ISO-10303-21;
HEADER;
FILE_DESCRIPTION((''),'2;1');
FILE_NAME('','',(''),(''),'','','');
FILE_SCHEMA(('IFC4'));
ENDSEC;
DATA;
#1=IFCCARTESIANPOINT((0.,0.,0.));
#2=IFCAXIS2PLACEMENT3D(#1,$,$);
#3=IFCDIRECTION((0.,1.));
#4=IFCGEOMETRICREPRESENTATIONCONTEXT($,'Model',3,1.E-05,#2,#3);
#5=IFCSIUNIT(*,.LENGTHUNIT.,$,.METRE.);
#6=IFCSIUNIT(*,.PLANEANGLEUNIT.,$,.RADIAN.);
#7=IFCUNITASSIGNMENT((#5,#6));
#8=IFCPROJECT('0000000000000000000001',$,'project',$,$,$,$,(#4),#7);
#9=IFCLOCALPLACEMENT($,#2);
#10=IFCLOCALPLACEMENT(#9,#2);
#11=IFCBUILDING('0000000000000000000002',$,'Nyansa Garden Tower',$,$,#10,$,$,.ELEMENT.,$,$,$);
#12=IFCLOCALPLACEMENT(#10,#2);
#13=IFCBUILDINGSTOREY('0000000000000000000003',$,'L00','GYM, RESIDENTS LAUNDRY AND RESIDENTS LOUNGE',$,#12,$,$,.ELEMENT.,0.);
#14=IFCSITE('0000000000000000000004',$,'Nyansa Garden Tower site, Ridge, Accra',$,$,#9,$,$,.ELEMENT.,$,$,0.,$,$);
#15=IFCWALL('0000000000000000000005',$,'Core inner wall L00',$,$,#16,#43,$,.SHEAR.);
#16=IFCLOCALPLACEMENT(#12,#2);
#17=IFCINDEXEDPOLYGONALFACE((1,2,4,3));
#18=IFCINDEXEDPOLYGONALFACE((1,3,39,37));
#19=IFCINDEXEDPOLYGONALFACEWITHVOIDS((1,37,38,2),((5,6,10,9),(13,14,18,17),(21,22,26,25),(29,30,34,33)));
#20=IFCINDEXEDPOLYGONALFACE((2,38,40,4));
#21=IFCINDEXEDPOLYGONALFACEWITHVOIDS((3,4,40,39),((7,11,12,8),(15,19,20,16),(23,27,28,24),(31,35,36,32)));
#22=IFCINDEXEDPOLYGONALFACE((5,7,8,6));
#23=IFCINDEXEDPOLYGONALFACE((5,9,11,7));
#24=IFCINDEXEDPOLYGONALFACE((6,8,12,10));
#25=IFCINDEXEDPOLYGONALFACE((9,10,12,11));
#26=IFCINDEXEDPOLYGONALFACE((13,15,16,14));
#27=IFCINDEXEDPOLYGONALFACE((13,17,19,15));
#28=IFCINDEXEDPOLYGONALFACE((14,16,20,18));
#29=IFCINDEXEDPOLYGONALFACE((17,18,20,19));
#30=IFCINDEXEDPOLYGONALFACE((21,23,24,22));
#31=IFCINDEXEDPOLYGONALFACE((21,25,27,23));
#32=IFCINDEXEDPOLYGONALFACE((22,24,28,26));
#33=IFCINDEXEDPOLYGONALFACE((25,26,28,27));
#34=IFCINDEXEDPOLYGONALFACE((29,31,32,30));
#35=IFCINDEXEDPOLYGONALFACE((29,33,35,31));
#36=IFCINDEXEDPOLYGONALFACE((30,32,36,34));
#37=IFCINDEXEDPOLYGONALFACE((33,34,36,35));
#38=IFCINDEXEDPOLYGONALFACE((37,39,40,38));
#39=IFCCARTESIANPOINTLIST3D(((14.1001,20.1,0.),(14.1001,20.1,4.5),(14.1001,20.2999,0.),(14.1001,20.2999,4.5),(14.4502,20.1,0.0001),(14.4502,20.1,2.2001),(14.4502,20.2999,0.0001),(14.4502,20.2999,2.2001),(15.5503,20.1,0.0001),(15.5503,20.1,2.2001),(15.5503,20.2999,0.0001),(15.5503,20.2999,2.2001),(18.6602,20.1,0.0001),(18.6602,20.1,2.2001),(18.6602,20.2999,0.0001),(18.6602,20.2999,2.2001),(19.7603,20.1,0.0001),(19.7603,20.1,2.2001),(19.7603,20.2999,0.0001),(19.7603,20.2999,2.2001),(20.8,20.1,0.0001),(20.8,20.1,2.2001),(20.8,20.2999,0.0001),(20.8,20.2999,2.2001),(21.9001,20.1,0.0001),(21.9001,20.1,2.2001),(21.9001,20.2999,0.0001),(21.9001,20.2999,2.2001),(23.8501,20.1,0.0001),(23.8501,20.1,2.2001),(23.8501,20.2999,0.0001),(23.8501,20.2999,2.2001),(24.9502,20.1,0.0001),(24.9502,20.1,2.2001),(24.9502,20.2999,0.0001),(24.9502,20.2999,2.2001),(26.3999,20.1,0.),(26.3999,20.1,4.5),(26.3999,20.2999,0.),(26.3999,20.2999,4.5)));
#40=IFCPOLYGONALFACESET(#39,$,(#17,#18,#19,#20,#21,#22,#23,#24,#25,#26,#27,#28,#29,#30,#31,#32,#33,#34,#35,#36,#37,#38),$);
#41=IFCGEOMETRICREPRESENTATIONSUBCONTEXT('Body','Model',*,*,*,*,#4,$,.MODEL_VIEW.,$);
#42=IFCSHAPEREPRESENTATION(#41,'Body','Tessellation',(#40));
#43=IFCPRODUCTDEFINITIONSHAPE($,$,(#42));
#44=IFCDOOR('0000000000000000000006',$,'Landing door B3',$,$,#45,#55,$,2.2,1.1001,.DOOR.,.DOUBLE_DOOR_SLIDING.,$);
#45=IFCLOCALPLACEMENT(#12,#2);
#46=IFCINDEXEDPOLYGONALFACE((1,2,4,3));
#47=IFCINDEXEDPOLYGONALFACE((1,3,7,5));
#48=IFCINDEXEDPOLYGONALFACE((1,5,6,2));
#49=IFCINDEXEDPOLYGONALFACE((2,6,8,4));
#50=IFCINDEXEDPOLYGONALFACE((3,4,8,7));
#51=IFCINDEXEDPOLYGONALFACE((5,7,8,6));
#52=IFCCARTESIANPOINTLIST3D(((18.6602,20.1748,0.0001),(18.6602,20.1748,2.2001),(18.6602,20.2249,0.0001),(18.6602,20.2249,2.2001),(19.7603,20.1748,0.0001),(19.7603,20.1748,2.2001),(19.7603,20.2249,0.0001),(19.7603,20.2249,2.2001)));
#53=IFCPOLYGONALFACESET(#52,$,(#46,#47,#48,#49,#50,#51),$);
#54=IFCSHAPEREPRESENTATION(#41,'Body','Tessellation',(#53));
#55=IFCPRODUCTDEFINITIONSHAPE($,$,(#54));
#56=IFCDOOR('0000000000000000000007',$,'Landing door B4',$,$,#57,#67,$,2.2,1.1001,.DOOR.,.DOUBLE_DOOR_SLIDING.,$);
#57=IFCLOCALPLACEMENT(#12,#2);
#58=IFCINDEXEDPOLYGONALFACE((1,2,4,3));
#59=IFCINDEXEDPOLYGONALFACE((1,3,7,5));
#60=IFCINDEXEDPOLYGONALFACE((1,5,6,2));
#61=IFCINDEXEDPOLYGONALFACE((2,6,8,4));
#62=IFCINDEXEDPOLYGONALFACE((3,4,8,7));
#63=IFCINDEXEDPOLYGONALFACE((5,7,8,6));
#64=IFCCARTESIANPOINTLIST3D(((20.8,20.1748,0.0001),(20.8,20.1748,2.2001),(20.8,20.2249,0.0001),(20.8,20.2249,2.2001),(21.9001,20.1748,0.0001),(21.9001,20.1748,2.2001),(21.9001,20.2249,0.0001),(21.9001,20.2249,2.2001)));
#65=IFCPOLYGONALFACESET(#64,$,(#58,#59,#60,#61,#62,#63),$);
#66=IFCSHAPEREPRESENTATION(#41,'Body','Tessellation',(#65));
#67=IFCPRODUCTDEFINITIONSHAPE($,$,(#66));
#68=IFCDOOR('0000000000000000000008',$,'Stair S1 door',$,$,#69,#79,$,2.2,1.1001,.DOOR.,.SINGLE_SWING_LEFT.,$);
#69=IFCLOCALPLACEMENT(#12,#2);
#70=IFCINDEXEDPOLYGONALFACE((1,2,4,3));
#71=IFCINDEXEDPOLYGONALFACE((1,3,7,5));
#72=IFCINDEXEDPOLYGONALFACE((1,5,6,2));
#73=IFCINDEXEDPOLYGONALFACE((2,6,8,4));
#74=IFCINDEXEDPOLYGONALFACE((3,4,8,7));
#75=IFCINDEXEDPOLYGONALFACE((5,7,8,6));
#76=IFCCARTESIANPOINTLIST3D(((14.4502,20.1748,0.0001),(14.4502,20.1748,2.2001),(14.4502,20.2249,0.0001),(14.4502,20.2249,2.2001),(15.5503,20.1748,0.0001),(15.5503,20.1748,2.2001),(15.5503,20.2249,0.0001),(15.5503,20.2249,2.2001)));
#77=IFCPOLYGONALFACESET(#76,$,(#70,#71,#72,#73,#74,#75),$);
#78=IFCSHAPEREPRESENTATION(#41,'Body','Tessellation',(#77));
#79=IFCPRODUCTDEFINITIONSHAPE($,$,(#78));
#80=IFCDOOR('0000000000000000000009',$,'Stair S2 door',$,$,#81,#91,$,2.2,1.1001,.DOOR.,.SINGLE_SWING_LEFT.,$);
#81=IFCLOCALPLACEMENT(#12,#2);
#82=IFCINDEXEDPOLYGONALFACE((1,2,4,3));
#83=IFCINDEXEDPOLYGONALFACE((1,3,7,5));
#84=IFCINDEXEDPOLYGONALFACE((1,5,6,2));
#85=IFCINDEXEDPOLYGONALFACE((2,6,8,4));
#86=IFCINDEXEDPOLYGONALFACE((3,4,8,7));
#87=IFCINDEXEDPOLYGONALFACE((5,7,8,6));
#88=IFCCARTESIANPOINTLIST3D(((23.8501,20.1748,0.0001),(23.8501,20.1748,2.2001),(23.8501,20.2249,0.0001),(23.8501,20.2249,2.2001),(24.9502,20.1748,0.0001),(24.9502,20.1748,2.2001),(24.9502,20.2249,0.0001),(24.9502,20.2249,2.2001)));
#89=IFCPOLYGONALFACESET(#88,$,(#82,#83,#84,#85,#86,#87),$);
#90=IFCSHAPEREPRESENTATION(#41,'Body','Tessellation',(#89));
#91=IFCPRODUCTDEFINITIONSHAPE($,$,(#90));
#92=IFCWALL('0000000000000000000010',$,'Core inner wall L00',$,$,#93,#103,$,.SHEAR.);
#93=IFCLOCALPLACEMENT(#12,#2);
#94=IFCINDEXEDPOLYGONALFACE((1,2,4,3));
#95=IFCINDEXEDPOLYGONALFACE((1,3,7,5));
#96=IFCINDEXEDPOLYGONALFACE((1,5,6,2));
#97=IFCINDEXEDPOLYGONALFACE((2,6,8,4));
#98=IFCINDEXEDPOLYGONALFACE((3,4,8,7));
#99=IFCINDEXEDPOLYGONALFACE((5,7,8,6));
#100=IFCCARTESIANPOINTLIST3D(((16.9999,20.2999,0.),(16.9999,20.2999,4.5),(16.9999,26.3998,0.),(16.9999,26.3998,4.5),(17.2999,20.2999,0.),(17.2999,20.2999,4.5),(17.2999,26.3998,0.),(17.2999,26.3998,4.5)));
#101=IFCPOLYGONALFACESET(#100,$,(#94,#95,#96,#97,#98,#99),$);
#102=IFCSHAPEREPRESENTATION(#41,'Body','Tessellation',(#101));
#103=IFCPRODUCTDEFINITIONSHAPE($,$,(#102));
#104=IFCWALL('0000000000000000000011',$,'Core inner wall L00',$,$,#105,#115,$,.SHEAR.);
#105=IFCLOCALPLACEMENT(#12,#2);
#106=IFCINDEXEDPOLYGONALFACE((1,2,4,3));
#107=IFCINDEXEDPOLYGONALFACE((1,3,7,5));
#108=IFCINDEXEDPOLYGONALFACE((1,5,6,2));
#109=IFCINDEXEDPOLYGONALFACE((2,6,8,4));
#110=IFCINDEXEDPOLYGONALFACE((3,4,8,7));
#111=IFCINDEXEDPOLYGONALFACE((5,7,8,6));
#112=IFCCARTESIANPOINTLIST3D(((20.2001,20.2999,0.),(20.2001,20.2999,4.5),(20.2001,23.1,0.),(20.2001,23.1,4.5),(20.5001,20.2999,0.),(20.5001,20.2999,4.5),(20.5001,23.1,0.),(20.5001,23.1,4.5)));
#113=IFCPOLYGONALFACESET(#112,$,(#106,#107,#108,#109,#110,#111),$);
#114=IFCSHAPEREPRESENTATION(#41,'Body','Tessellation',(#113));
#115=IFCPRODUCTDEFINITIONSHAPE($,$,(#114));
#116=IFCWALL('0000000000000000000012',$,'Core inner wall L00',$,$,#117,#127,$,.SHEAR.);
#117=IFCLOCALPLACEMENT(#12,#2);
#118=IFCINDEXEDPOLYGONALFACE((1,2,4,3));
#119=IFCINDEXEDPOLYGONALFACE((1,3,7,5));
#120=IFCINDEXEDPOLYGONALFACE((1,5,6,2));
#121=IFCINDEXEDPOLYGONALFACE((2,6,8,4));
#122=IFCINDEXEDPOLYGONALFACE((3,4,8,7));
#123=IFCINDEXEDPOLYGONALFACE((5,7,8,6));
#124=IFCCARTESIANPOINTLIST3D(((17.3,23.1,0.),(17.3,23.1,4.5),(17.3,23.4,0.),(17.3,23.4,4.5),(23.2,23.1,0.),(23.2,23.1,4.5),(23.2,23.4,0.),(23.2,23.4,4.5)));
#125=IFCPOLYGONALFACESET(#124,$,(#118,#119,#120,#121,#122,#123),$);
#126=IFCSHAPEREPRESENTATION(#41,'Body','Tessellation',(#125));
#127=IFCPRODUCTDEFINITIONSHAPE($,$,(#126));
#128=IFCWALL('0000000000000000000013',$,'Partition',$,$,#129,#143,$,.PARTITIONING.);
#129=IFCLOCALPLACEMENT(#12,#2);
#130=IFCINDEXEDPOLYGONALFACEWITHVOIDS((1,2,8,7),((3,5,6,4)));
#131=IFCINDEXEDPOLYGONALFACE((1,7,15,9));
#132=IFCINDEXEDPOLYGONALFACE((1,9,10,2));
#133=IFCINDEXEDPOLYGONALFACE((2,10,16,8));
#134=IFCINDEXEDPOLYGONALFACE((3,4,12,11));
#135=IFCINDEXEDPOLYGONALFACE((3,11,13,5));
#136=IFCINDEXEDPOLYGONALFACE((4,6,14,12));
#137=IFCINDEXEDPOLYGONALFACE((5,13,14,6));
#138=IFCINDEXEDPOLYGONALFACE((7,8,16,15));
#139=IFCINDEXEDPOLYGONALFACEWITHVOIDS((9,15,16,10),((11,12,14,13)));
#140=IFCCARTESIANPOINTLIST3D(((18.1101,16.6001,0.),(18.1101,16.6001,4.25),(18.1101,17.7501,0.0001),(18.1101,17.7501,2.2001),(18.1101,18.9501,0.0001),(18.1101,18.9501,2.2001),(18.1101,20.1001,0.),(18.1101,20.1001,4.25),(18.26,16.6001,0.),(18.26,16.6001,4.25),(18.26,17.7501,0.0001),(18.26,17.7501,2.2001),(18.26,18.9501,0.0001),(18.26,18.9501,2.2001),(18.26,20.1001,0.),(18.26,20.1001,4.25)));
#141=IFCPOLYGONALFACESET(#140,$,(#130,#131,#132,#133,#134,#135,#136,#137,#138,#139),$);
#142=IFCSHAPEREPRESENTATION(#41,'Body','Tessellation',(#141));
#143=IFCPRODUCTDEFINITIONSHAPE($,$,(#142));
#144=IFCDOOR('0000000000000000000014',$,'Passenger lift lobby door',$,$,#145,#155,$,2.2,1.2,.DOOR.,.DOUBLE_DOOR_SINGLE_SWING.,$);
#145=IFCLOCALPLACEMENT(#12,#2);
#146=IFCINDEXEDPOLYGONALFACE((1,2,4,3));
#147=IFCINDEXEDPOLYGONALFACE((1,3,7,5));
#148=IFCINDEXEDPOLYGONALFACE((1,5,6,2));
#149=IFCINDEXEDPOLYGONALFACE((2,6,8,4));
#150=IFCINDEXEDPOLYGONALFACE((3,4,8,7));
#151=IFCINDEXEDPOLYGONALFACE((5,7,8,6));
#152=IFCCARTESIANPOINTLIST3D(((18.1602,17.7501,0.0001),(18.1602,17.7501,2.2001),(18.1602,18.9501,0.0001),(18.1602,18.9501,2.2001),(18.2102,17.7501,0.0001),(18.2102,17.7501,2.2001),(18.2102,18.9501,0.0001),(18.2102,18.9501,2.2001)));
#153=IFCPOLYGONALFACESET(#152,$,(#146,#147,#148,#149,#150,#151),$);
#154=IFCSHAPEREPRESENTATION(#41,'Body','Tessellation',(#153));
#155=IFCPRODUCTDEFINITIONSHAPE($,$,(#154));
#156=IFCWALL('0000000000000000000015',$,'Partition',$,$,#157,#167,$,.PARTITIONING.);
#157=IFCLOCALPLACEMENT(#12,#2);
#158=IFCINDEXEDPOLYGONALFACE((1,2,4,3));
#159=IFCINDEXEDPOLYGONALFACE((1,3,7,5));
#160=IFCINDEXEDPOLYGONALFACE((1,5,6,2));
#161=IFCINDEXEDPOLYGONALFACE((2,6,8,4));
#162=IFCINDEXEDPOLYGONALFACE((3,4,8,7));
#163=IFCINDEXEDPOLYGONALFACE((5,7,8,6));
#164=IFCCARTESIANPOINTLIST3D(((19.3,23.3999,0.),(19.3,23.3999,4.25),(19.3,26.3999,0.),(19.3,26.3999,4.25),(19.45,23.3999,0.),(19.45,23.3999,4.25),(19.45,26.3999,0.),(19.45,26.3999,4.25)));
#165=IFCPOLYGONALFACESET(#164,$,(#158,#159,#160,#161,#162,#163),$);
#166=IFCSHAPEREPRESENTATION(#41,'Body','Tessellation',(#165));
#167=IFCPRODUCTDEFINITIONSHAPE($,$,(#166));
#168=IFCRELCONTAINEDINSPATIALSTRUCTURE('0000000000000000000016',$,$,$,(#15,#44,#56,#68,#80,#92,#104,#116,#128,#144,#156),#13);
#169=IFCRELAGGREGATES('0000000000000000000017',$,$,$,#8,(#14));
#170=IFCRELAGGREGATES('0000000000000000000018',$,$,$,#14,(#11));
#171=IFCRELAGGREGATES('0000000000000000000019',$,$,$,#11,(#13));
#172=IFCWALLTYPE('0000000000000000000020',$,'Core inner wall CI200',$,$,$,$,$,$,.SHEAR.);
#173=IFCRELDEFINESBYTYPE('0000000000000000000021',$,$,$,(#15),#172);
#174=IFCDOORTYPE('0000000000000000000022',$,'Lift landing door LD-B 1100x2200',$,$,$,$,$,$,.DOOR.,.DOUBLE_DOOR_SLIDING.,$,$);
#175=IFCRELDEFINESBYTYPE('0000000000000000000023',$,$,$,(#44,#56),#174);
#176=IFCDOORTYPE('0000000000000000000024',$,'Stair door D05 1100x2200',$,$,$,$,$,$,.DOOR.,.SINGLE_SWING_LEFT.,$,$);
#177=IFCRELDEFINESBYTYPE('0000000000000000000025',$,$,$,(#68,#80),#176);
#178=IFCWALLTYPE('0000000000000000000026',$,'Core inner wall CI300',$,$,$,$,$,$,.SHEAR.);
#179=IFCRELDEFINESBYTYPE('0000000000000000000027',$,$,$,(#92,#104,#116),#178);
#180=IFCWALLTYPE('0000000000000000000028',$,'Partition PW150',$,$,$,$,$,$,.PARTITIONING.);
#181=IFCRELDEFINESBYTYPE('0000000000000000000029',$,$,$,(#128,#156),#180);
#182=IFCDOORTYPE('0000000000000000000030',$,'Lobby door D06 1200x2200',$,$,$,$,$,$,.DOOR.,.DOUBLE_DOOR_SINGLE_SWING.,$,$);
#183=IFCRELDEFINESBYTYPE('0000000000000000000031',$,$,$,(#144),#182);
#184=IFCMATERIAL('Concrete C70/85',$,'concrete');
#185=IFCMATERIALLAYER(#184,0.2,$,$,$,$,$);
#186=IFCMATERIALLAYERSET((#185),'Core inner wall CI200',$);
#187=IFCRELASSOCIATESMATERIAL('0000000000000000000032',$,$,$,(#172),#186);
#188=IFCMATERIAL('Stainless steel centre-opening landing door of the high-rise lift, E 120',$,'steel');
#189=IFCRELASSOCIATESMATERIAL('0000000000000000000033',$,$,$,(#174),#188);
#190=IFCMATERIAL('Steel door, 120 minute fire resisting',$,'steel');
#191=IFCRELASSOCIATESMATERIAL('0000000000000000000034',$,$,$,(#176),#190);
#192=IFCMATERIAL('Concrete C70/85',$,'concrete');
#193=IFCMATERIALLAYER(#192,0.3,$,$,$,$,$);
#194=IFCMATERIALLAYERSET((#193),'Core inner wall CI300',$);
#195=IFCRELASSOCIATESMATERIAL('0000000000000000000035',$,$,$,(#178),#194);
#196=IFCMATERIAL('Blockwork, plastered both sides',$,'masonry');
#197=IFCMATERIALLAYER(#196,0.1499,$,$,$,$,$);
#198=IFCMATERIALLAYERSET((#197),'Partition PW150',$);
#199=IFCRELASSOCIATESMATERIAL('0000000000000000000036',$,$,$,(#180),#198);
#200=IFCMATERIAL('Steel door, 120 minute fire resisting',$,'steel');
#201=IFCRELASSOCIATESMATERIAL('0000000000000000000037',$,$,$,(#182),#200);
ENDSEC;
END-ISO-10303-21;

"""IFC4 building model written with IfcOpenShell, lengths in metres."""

from ifc_helpers import new_model, si_unit, direction, frame, frame_2d, origin, place, context, subcontext, project, spatial, rectangle, extrude, material, layer, layer_set, type_object, element, fill, save


model = new_model("IFC4")

# Units and contexts
model_context = context("Model", 3, precision=1e-05, world=origin(), true_north=direction((0.0, 1.0)))
body_context = subcontext(model_context, "Body", "Model", "MODEL_VIEW")
ifc_project = project(units=[si_unit("LENGTHUNIT", "METRE"), si_unit("PLANEANGLEUNIT", "RADIAN")], contexts=[model_context])

# Site, building, storey
site_placement = place(None, origin())
site = spatial("IfcSite", under=ifc_project, at=site_placement, Name="Nyansa Garden Tower site, Ridge, Accra", CompositionType="ELEMENT", RefElevation=0.0)
building_placement = place(site_placement, origin())
building = spatial("IfcBuilding", under=site, at=building_placement, Name="Nyansa Garden Tower", CompositionType="ELEMENT")
storey_placement = place(building_placement, origin())
storey = spatial("IfcBuildingStorey", under=building, at=storey_placement, Name="L00", Description="GYM, RESIDENTS LAUNDRY AND RESIDENTS LOUNGE", CompositionType="ELEMENT", Elevation=0.0)

# Wall, openings, doors
ifc_material_1 = material(Name="Concrete C70/85", Category="concrete")
ifc_layer_1 = layer(ifc_material_1, 0.2)
ifc_layer_set_1 = layer_set([ifc_layer_1], Name="Core inner wall CI200")
wall_type_1 = type_object("IfcWallType", Name="Core inner wall CI200", PredefinedType="SHEAR", material=ifc_layer_set_1)
ifc_material_2 = material(Name="Stainless steel centre-opening landing door of the high-rise lift, E 120", Category="steel")
door_type_1 = type_object("IfcDoorType", Name="Lift landing door LD-B 1100x2200", OperationType="DOUBLE_DOOR_SLIDING", PredefinedType="DOOR", material=ifc_material_2)
wall_1_placement = place(storey_placement, frame((14.1001, 20.2, 0.0), z_axis=(0.0, 0.0, 1.0), x_axis=(1.0, 0.0, 0.0)))
wall_1 = element("IfcWall", 1, at=wall_1_placement, inside=storey, type_object=wall_type_1, Name="Core inner wall L00", PredefinedType="SHEAR", context=body_context, shape_type="SweptSolid", body=[
    extrude(rectangle(XDim=12.2998, YDim=0.2, at=frame_2d((6.1499, 0.0))), origin(), (0.0, 0.0, 1.0), 4.5),
])
opening_1_placement = place(wall_1_placement, frame((4.5601, 0.0, 0.0)))
opening_1 = element("IfcOpeningElement", 2, at=opening_1_placement, cuts=wall_1, PredefinedType="OPENING", context=body_context, shape_type="SweptSolid", body=[
    extrude(rectangle(XDim=1.1001, YDim=2.2, at=frame_2d((0.55, 1.1001))), frame((0.0, 0.1099, 0.0), z_axis=(0.0, -1.0, 0.0), x_axis=(1.0, 0.0, 0.0)), (0.0, 0.0, 1.0), 0.22),
])
opening_2_placement = place(wall_1_placement, frame((6.7, 0.0, 0.0)))
opening_2 = element("IfcOpeningElement", 3, at=opening_2_placement, cuts=wall_1, PredefinedType="OPENING", context=body_context, shape_type="SweptSolid", body=[
    extrude(rectangle(XDim=1.1001, YDim=2.2, at=frame_2d((0.55, 1.1001))), frame((0.0, 0.1099, 0.0), z_axis=(0.0, -1.0, 0.0), x_axis=(1.0, 0.0, 0.0)), (0.0, 0.0, 1.0), 0.22),
])
opening_3_placement = place(wall_1_placement, frame((0.3501, 0.0, 0.0)))
opening_3 = element("IfcOpeningElement", 4, at=opening_3_placement, cuts=wall_1, PredefinedType="OPENING", context=body_context, shape_type="SweptSolid", body=[
    extrude(rectangle(XDim=1.1001, YDim=2.2, at=frame_2d((0.55, 1.1001))), frame((0.0, 0.1099, 0.0), z_axis=(0.0, -1.0, 0.0), x_axis=(1.0, 0.0, 0.0)), (0.0, 0.0, 1.0), 0.22),
])
opening_4_placement = place(wall_1_placement, frame((9.75, 0.0, 0.0)))
opening_4 = element("IfcOpeningElement", 5, at=opening_4_placement, cuts=wall_1, PredefinedType="OPENING", context=body_context, shape_type="SweptSolid", body=[
    extrude(rectangle(XDim=1.1001, YDim=2.2, at=frame_2d((0.55, 1.1001))), frame((0.0, 0.1099, 0.0), z_axis=(0.0, -1.0, 0.0), x_axis=(1.0, 0.0, 0.0)), (0.0, 0.0, 1.0), 0.22),
])
door_1_placement = place(opening_1_placement, origin())
door_1 = element("IfcDoor", 6, at=door_1_placement, inside=storey, type_object=door_type_1, Name="Landing door B3", OperationType="DOUBLE_DOOR_SLIDING", OverallHeight=2.2, OverallWidth=1.1001, PredefinedType="DOOR", context=body_context, shape_type="SweptSolid", body=[
    extrude(rectangle(XDim=1.1001, YDim=2.2, at=frame_2d((0.55, 1.1001))), frame((0.0, 0.0249, 0.0), z_axis=(0.0, -1.0, 0.0), x_axis=(1.0, 0.0, 0.0)), (0.0, 0.0, 1.0), 0.05),
])
fill(opening_1, door_1)
door_2_placement = place(opening_2_placement, origin())
door_2 = element("IfcDoor", 7, at=door_2_placement, inside=storey, type_object=door_type_1, Name="Landing door B4", OperationType="DOUBLE_DOOR_SLIDING", OverallHeight=2.2, OverallWidth=1.1001, PredefinedType="DOOR", context=body_context, shape_type="SweptSolid", body=[
    extrude(rectangle(XDim=1.1001, YDim=2.2, at=frame_2d((0.55, 1.1001))), frame((0.0, 0.0249, 0.0), z_axis=(0.0, -1.0, 0.0), x_axis=(1.0, 0.0, 0.0)), (0.0, 0.0, 1.0), 0.05),
])
fill(opening_2, door_2)
ifc_material_3 = material(Name="Steel door, 120 minute fire resisting", Category="steel")
door_type_2 = type_object("IfcDoorType", Name="Stair door D05 1100x2200", OperationType="SINGLE_SWING_LEFT", PredefinedType="DOOR", material=ifc_material_3)
door_3_placement = place(opening_3_placement, origin())
door_3 = element("IfcDoor", 8, at=door_3_placement, inside=storey, type_object=door_type_2, Name="Stair S1 door", OperationType="SINGLE_SWING_LEFT", OverallHeight=2.2, OverallWidth=1.1001, PredefinedType="DOOR", context=body_context, shape_type="SweptSolid", body=[
    extrude(rectangle(XDim=1.1001, YDim=2.2, at=frame_2d((0.55, 1.1001))), frame((0.0, 0.0249, 0.0), z_axis=(0.0, -1.0, 0.0), x_axis=(1.0, 0.0, 0.0)), (0.0, 0.0, 1.0), 0.05),
])
fill(opening_3, door_3)
door_4_placement = place(opening_4_placement, origin())
door_4 = element("IfcDoor", 9, at=door_4_placement, inside=storey, type_object=door_type_2, Name="Stair S2 door", OperationType="SINGLE_SWING_LEFT", OverallHeight=2.2, OverallWidth=1.1001, PredefinedType="DOOR", context=body_context, shape_type="SweptSolid", body=[
    extrude(rectangle(XDim=1.1001, YDim=2.2, at=frame_2d((0.55, 1.1001))), frame((0.0, 0.0249, 0.0), z_axis=(0.0, -1.0, 0.0), x_axis=(1.0, 0.0, 0.0)), (0.0, 0.0, 1.0), 0.05),
])
fill(opening_4, door_4)

# Walls
ifc_material_4 = material(Name="Concrete C70/85", Category="concrete")
ifc_layer_2 = layer(ifc_material_4, 0.3)
ifc_layer_set_2 = layer_set([ifc_layer_2], Name="Core inner wall CI300")
wall_type_2 = type_object("IfcWallType", Name="Core inner wall CI300", PredefinedType="SHEAR", material=ifc_layer_set_2)
wall_2_placement = place(storey_placement, frame((17.1499, 20.3, 0.0), z_axis=(0.0, 0.0, 1.0), x_axis=(0.0, 1.0, 0.0)))
element("IfcWall", 10, at=wall_2_placement, inside=storey, type_object=wall_type_2, Name="Core inner wall L00", PredefinedType="SHEAR", context=body_context, shape_type="SweptSolid", body=[
    extrude(rectangle(XDim=6.0999, YDim=0.3, at=frame_2d((3.0498, 0.0))), origin(), (0.0, 0.0, 1.0), 4.5),
])
wall_3_placement = place(storey_placement, frame((20.3501, 20.3, 0.0), z_axis=(0.0, 0.0, 1.0), x_axis=(0.0, 1.0, 0.0)))
element("IfcWall", 11, at=wall_3_placement, inside=storey, type_object=wall_type_2, Name="Core inner wall L00", PredefinedType="SHEAR", context=body_context, shape_type="SweptSolid", body=[
    extrude(rectangle(XDim=2.8, YDim=0.3, at=frame_2d((1.3999, 0.0))), origin(), (0.0, 0.0, 1.0), 4.5),
])
wall_4_placement = place(storey_placement, frame((17.3, 23.25, 0.0), z_axis=(0.0, 0.0, 1.0), x_axis=(1.0, 0.0, 0.0)))
element("IfcWall", 12, at=wall_4_placement, inside=storey, type_object=wall_type_2, Name="Core inner wall L00", PredefinedType="SHEAR", context=body_context, shape_type="SweptSolid", body=[
    extrude(rectangle(XDim=5.8999, YDim=0.3, at=frame_2d((2.95, 0.0))), origin(), (0.0, 0.0, 1.0), 4.5),
])

# Wall, opening, door
ifc_material_5 = material(Name="Blockwork, plastered both sides", Category="masonry")
ifc_layer_3 = layer(ifc_material_5, 0.1499)
ifc_layer_set_3 = layer_set([ifc_layer_3], Name="Partition PW150")
wall_type_3 = type_object("IfcWallType", Name="Partition PW150", PredefinedType="PARTITIONING", material=ifc_layer_set_3)
wall_5_placement = place(storey_placement, frame((18.1851, 16.6001, 0.0), z_axis=(0.0, 0.0, 1.0), x_axis=(0.0, 1.0, 0.0)))
wall_5 = element("IfcWall", 13, at=wall_5_placement, inside=storey, type_object=wall_type_3, Name="Partition", PredefinedType="PARTITIONING", context=body_context, shape_type="SweptSolid", body=[
    extrude(rectangle(XDim=3.5, YDim=0.1499, at=frame_2d((1.75, 0.0))), origin(), (0.0, 0.0, 1.0), 4.25),
])
opening_5_placement = place(wall_5_placement, frame((1.1499, 0.0, 0.0)))
opening_5 = element("IfcOpeningElement", 14, at=opening_5_placement, cuts=wall_5, PredefinedType="OPENING", context=body_context, shape_type="SweptSolid", body=[
    extrude(rectangle(XDim=1.2, YDim=2.2, at=frame_2d((0.6001, 1.1001))), frame((0.0, 0.085, 0.0), z_axis=(0.0, -1.0, 0.0), x_axis=(1.0, 0.0, 0.0)), (0.0, 0.0, 1.0), 0.1699),
])
ifc_material_6 = material(Name="Steel door, 120 minute fire resisting", Category="steel")
door_type_3 = type_object("IfcDoorType", Name="Lobby door D06 1200x2200", OperationType="DOUBLE_DOOR_SINGLE_SWING", PredefinedType="DOOR", material=ifc_material_6)
door_5_placement = place(opening_5_placement, origin())
door_5 = element("IfcDoor", 15, at=door_5_placement, inside=storey, type_object=door_type_3, Name="Passenger lift lobby door", OperationType="DOUBLE_DOOR_SINGLE_SWING", OverallHeight=2.2, OverallWidth=1.2, PredefinedType="DOOR", context=body_context, shape_type="SweptSolid", body=[
    extrude(rectangle(XDim=1.2, YDim=2.2, at=frame_2d((0.6001, 1.1001))), frame((0.0, 0.0249, 0.0), z_axis=(0.0, -1.0, 0.0), x_axis=(1.0, 0.0, 0.0)), (0.0, 0.0, 1.0), 0.05),
])
fill(opening_5, door_5)

# Wall
wall_6_placement = place(storey_placement, frame((19.375, 23.3999, 0.0), z_axis=(0.0, 0.0, 1.0), x_axis=(0.0, 1.0, 0.0)))
element("IfcWall", 16, at=wall_6_placement, inside=storey, type_object=wall_type_3, Name="Partition", PredefinedType="PARTITIONING", context=body_context, shape_type="SweptSolid", body=[
    extrude(rectangle(XDim=3.0, YDim=0.1499, at=frame_2d((1.5, 0.0))), origin(), (0.0, 0.0, 1.0), 4.25),
])

save(model, "model.ifc")
